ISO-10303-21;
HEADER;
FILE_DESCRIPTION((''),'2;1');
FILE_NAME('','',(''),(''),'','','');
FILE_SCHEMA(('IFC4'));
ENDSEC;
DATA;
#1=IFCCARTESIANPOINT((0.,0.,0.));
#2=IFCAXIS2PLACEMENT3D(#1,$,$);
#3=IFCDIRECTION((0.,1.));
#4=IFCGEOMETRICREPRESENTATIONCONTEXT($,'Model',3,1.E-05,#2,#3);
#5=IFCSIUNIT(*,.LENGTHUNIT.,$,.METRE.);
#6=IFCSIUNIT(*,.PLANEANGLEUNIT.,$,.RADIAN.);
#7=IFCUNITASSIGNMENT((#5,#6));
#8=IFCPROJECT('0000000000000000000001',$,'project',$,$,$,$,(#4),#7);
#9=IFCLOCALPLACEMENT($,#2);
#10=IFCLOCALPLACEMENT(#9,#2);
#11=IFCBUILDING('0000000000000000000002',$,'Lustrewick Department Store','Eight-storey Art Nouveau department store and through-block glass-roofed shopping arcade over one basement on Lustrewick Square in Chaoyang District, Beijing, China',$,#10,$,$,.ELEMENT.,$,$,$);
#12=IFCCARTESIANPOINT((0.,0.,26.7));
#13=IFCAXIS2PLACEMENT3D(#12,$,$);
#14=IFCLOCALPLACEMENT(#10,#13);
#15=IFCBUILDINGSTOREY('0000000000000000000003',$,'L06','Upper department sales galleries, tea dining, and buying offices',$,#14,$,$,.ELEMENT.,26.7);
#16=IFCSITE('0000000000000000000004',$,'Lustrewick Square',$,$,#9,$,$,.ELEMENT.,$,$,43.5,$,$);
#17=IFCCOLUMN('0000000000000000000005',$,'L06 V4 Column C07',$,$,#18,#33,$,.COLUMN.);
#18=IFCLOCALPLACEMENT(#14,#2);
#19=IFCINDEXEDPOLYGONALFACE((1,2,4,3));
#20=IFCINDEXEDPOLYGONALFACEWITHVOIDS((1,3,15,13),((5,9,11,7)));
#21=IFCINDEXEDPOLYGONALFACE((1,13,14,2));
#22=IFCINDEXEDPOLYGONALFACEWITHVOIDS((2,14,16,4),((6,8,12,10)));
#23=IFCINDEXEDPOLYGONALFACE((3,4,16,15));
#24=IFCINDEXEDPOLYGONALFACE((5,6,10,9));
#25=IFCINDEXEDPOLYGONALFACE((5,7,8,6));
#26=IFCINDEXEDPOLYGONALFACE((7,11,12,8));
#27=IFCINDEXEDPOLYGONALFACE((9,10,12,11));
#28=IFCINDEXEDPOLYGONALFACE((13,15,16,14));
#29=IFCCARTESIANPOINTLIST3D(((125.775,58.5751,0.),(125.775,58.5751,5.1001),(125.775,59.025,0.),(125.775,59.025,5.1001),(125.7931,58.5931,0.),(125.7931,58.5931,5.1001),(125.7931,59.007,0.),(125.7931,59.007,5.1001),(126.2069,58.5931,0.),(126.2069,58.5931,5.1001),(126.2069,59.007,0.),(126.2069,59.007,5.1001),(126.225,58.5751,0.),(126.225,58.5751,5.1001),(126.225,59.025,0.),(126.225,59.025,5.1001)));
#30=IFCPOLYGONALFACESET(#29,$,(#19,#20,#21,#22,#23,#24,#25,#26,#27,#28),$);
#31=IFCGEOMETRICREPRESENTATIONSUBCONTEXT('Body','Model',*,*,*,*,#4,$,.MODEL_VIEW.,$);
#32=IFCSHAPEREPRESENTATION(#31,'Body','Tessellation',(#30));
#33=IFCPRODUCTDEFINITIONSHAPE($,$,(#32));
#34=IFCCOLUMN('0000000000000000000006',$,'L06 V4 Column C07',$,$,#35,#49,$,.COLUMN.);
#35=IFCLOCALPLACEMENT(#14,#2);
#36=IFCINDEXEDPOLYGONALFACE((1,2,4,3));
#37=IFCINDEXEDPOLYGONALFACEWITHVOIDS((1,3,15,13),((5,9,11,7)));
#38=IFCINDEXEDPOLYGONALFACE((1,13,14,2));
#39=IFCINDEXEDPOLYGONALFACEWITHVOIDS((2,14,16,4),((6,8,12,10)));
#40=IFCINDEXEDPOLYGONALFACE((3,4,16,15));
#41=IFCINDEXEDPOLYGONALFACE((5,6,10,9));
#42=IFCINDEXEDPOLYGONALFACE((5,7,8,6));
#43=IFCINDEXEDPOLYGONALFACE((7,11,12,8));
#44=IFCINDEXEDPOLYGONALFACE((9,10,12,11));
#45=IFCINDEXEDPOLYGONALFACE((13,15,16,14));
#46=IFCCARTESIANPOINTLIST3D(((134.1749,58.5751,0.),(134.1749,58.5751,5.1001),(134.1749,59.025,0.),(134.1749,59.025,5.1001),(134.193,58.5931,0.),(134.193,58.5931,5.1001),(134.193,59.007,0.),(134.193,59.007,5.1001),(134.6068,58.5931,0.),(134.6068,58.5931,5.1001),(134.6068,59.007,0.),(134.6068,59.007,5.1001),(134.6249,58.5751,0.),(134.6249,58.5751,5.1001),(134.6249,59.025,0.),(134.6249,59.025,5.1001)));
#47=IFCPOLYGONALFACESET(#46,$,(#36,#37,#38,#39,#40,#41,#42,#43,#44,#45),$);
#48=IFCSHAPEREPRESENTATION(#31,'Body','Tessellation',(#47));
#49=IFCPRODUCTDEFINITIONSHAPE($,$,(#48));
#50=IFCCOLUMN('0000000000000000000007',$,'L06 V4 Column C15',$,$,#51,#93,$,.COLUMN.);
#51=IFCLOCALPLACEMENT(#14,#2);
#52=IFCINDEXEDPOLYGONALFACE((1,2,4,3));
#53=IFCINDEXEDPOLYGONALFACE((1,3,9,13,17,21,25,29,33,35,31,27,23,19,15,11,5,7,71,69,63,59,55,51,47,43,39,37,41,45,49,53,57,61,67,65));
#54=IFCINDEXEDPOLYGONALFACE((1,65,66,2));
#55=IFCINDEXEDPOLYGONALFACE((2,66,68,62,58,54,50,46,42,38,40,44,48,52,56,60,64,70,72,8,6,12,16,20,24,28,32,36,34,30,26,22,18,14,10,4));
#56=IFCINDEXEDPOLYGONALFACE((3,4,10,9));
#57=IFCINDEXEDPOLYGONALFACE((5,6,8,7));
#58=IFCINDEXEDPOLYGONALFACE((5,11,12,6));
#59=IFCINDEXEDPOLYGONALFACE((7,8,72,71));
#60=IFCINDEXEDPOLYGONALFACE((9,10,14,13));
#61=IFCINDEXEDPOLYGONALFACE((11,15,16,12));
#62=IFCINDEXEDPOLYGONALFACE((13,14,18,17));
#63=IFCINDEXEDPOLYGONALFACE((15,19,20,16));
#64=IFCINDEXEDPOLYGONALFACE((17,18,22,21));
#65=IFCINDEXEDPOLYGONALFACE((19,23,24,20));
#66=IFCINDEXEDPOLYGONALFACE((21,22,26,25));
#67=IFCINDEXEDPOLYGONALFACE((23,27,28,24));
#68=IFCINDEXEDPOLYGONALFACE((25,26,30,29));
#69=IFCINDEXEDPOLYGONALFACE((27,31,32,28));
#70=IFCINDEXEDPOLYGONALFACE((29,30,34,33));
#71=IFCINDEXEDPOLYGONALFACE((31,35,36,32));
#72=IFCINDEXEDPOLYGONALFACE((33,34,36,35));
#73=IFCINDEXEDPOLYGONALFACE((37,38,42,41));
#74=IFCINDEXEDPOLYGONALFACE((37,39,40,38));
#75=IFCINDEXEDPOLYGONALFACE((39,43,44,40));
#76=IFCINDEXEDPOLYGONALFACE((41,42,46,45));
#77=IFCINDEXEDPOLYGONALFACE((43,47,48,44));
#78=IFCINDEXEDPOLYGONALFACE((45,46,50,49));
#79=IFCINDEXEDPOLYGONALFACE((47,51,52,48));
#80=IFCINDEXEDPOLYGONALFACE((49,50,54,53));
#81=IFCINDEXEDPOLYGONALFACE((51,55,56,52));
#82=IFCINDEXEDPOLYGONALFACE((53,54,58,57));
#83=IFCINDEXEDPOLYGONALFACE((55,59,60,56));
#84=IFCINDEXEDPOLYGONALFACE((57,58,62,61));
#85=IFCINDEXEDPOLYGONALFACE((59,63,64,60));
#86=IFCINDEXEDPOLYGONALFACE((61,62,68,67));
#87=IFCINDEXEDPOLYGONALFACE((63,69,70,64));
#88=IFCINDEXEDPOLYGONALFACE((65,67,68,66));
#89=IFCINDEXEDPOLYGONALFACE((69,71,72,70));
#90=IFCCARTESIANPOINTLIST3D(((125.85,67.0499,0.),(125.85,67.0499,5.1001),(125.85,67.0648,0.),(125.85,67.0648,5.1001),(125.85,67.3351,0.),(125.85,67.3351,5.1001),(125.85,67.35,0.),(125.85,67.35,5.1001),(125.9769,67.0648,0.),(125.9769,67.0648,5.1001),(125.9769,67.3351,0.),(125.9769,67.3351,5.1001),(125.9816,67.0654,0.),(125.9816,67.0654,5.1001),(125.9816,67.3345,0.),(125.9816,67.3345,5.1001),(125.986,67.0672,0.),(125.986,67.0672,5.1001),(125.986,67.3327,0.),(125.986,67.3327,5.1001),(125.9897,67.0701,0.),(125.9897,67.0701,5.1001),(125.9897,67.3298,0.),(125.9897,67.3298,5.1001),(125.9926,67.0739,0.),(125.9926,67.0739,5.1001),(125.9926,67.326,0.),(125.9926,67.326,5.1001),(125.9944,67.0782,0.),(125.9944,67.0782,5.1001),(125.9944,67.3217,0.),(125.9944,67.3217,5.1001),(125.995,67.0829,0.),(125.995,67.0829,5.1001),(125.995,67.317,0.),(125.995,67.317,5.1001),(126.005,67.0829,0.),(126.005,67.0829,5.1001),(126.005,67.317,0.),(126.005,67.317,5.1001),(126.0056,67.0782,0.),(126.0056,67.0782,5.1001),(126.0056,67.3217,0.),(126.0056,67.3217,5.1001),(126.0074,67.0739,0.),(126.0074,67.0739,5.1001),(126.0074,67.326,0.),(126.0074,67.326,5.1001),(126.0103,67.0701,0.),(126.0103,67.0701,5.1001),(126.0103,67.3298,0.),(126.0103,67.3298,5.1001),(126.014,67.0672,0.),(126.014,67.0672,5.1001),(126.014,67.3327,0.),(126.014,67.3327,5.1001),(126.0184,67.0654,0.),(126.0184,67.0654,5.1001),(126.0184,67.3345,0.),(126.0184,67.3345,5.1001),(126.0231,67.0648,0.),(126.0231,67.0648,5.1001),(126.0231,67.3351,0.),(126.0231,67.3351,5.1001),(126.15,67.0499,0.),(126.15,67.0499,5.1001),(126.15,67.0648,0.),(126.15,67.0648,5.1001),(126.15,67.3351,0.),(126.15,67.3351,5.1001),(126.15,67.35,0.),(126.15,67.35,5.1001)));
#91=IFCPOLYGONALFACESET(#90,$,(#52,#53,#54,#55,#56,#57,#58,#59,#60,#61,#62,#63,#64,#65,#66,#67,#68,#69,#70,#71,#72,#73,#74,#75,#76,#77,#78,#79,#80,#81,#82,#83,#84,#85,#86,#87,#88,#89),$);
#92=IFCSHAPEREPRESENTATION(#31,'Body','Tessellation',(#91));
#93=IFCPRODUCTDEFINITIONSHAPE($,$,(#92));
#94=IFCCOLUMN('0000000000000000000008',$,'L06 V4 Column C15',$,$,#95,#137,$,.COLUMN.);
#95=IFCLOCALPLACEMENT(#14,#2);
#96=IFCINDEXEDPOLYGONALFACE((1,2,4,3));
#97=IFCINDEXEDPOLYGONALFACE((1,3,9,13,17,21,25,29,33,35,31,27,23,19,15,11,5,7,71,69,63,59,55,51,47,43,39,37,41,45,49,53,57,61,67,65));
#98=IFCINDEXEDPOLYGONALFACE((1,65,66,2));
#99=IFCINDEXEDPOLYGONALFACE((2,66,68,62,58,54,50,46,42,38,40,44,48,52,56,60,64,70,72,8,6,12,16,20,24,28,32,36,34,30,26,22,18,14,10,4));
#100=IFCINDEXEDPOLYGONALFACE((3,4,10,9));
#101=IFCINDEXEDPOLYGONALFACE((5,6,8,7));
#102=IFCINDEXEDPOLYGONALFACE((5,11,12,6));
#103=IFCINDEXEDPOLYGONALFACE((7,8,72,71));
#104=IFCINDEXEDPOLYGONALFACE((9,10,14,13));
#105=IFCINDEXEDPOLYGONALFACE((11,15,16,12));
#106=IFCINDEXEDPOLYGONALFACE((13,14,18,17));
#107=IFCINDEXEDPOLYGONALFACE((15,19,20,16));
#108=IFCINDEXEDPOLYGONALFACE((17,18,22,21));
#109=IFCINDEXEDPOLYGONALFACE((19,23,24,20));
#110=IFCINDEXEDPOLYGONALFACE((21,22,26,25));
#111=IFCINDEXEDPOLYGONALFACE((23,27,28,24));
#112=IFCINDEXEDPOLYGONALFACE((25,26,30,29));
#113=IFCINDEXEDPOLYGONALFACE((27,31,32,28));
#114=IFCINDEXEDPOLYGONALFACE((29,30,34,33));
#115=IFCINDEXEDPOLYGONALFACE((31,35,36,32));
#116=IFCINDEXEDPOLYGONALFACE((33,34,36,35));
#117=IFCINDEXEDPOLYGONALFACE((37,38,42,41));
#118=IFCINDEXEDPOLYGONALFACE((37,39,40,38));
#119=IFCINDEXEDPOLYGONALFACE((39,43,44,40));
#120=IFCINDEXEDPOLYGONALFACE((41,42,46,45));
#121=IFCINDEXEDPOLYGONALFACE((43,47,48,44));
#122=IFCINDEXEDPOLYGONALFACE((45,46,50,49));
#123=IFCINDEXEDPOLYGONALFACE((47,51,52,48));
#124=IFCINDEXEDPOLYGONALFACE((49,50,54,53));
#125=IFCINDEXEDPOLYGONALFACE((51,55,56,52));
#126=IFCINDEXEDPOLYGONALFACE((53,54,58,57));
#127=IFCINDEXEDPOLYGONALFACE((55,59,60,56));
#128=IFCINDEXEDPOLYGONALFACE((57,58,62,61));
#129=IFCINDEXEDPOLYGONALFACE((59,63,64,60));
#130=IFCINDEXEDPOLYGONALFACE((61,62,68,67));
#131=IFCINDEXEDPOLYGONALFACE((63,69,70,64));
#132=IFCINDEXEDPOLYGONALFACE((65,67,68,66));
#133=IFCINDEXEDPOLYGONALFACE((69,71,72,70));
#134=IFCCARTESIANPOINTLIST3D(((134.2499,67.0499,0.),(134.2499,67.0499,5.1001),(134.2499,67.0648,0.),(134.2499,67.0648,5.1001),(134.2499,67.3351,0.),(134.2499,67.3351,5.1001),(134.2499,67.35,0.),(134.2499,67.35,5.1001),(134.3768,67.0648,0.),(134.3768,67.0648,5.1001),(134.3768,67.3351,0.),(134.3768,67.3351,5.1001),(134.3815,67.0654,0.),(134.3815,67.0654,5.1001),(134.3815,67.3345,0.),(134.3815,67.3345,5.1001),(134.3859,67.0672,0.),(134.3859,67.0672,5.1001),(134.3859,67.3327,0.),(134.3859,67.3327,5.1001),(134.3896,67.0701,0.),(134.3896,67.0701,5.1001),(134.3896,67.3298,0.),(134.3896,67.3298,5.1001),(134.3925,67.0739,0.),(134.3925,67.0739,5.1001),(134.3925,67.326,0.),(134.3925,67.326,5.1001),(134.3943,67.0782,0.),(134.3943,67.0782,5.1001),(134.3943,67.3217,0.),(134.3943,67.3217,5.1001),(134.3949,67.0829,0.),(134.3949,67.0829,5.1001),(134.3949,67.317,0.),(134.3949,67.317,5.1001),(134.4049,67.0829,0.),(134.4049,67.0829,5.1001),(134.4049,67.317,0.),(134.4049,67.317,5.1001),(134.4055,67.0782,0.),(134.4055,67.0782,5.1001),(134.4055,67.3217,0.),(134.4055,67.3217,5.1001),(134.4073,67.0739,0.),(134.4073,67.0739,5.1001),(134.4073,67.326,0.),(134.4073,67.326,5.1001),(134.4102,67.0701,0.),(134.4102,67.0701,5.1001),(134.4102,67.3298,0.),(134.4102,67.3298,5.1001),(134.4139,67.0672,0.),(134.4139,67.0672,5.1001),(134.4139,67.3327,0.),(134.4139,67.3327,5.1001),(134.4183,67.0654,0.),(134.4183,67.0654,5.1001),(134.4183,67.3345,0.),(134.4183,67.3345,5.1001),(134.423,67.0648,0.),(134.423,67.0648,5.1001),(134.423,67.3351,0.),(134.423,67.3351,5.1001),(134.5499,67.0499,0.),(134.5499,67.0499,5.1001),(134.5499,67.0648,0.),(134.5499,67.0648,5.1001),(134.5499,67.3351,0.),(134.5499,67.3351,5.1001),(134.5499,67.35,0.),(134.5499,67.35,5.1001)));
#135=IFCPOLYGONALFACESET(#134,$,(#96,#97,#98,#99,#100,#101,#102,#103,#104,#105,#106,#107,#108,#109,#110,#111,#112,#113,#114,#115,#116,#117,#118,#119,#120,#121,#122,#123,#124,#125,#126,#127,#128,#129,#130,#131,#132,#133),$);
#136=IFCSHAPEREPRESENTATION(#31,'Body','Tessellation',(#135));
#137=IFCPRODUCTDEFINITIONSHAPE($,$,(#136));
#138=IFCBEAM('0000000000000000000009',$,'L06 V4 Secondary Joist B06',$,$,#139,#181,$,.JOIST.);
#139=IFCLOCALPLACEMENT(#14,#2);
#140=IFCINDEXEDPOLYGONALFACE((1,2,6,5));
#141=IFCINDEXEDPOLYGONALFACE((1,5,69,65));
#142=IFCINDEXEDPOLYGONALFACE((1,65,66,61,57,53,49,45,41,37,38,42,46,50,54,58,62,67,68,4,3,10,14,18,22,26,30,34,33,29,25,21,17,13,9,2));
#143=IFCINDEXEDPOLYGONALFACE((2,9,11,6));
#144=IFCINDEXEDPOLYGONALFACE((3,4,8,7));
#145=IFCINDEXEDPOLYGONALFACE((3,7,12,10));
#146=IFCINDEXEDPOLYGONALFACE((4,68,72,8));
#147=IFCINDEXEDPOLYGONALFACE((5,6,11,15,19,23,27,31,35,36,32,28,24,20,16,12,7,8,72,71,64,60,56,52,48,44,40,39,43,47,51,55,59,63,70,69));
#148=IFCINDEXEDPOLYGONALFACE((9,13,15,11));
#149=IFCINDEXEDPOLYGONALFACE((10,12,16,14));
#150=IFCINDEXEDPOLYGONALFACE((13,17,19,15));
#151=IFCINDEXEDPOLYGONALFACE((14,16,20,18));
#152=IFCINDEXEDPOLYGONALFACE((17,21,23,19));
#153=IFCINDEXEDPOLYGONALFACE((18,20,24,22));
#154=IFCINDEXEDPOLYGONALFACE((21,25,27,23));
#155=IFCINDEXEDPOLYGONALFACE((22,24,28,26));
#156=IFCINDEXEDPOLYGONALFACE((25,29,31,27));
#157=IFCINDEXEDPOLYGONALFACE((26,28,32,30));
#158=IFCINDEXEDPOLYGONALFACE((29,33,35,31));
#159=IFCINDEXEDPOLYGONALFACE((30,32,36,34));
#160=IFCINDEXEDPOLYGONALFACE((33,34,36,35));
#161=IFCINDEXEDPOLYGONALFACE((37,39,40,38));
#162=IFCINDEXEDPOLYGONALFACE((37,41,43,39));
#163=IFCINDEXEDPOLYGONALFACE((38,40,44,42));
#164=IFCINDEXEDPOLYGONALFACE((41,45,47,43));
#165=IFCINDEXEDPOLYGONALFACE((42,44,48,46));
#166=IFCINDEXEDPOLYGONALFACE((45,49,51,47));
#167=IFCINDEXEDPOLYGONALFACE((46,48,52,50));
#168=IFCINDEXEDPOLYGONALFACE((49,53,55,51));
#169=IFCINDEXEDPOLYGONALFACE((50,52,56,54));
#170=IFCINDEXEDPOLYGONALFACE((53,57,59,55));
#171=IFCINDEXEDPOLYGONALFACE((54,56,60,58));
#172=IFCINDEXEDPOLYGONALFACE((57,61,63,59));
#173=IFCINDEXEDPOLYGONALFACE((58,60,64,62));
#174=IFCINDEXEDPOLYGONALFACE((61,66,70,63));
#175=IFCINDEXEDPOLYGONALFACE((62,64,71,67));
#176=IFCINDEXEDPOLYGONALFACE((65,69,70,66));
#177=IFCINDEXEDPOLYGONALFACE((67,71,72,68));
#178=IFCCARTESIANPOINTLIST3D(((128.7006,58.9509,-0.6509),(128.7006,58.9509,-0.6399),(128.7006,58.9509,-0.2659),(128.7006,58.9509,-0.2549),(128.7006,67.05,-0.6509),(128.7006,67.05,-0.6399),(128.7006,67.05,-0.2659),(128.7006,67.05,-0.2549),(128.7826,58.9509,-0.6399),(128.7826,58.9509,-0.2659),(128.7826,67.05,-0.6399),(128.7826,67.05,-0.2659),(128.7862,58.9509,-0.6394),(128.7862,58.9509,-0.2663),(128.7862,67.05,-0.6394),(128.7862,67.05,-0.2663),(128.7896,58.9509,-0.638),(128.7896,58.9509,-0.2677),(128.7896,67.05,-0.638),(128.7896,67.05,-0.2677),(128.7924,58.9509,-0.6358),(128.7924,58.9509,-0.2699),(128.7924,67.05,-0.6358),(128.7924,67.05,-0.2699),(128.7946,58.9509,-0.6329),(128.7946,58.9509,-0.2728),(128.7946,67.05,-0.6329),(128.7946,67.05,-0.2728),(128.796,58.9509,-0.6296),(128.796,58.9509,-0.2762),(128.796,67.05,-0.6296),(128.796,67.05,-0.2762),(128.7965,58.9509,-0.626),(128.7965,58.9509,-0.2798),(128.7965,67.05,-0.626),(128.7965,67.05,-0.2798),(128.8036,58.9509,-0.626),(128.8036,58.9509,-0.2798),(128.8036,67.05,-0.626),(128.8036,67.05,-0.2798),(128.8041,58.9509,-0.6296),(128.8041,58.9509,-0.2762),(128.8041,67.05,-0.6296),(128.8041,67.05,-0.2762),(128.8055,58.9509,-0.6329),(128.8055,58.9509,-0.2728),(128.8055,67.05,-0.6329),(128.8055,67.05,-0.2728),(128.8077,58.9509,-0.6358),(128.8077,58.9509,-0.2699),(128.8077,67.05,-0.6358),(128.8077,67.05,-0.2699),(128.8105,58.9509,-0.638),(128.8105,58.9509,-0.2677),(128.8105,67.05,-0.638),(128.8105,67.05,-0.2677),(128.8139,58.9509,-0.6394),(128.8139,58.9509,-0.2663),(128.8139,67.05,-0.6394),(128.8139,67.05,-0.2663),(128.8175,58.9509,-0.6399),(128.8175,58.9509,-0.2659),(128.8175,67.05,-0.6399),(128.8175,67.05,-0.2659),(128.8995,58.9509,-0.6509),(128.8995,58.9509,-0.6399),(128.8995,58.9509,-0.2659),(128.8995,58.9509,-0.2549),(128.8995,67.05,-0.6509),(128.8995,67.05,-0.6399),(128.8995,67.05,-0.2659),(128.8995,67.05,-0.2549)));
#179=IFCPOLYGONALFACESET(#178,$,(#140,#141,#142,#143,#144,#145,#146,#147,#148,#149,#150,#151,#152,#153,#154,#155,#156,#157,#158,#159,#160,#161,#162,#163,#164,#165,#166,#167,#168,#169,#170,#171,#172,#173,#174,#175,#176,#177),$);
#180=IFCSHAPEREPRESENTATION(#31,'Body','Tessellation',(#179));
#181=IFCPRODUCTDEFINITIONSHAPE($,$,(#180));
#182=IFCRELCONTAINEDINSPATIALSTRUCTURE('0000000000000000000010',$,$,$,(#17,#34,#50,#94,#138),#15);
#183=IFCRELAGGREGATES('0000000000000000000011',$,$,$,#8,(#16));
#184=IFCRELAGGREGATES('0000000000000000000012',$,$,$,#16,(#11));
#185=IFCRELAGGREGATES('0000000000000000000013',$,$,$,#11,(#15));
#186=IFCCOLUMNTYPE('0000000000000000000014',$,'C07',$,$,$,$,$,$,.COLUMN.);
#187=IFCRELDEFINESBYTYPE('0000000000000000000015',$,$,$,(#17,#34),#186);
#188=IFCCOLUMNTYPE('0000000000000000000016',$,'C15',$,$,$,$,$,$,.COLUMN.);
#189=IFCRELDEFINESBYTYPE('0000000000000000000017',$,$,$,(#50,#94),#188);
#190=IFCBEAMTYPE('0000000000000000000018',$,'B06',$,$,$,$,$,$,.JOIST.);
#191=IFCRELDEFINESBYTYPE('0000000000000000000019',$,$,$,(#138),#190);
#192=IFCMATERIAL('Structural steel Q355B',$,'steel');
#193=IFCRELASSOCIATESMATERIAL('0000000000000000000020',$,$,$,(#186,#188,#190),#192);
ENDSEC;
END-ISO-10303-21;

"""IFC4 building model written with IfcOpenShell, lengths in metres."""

from ifc_helpers import new_model, si_unit, direction, frame, origin, origin_2d, place, context, subcontext, project, spatial, hollow_rectangle, i_section, extrude, material, material_profile, profile_set, type_object, element, save


model = new_model("IFC4")

# Units and contexts
model_context = context("Model", 3, precision=1e-05, world=origin(), true_north=direction((0.0, 1.0)))
body_context = subcontext(model_context, "Body", "Model", "MODEL_VIEW")
ifc_project = project(units=[si_unit("LENGTHUNIT", "METRE"), si_unit("PLANEANGLEUNIT", "RADIAN")], contexts=[model_context])

# Site, building, storey
site_placement = place(None, origin())
site = spatial("IfcSite", under=ifc_project, at=site_placement, Name="Lustrewick Square", CompositionType="ELEMENT", RefElevation=43.5)
building_placement = place(site_placement, origin())
building = spatial("IfcBuilding", under=site, at=building_placement, Name="Lustrewick Department Store", Description="Eight-storey Art Nouveau department store and through-block glass-roofed shopping arcade over one basement on Lustrewick Square in Chaoyang District, Beijing, China", CompositionType="ELEMENT")
storey_placement = place(building_placement, frame((0.0, 0.0, 26.7)))
storey = spatial("IfcBuildingStorey", under=building, at=storey_placement, Name="L06", Description="Upper department sales galleries, tea dining, and buying offices", CompositionType="ELEMENT", Elevation=26.7)

# Columns
ifc_material_1 = material(Name="Structural steel Q355B", Category="steel")
ifc_material_profile_1 = material_profile(ifc_material_1, hollow_rectangle(XDim=0.45, YDim=0.45, WallThickness=0.0181, at=origin_2d()), Name="BOX 450x450x18")
ifc_profile_set_1 = profile_set([ifc_material_profile_1], Name="Structural steel Q355B")
column_type_1 = type_object("IfcColumnType", Name="C07", PredefinedType="COLUMN", material=ifc_profile_set_1)
for number, where, z_axis, x_axis, name in (
    (1, (126.0, 58.8, 0.0), (0.0, 0.0, 1.0), (1.0, 0.0, 0.0), "L06 V4 Column C07"),
    (2, (134.3999, 58.8, 0.0), (0.0, 0.0, 1.0), (1.0, 0.0, 0.0), "L06 V4 Column C07"),
):
    element("IfcColumn", number, at=place(storey_placement, frame(where, z_axis=z_axis, x_axis=x_axis)), inside=storey, type_object=column_type_1, Name=name, PredefinedType="COLUMN", context=body_context, shape_type="SweptSolid", body=[
        extrude(hollow_rectangle(XDim=0.45, YDim=0.45, WallThickness=0.0181, at=origin_2d()), origin(), (0.0, 0.0, 1.0), 5.1001),
    ])
ifc_material_profile_2 = material_profile(ifc_material_1, i_section(OverallWidth=0.3, OverallDepth=0.3, WebThickness=0.01, FlangeThickness=0.0149, FilletRadius=0.0181, at=origin_2d()), Name="HW 300x300x10x15")
ifc_profile_set_2 = profile_set([ifc_material_profile_2], Name="Structural steel Q355B")
column_type_2 = type_object("IfcColumnType", Name="C15", PredefinedType="COLUMN", material=ifc_profile_set_2)
for number, where, z_axis, x_axis, name in (
    (3, (126.0, 67.2, 0.0), (0.0, 0.0, 1.0), (1.0, 0.0, 0.0), "L06 V4 Column C15"),
    (4, (134.3999, 67.2, 0.0), (0.0, 0.0, 1.0), (1.0, 0.0, 0.0), "L06 V4 Column C15"),
):
    element("IfcColumn", number, at=place(storey_placement, frame(where, z_axis=z_axis, x_axis=x_axis)), inside=storey, type_object=column_type_2, Name=name, PredefinedType="COLUMN", context=body_context, shape_type="SweptSolid", body=[
        extrude(i_section(OverallWidth=0.3, OverallDepth=0.3, WebThickness=0.01, FlangeThickness=0.0149, FilletRadius=0.0181, at=origin_2d()), origin(), (0.0, 0.0, 1.0), 5.1001),
    ])

# Beam
ifc_material_profile_3 = material_profile(ifc_material_1, i_section(OverallWidth=0.199, OverallDepth=0.396, WebThickness=0.0071, FlangeThickness=0.011, FilletRadius=0.0139, at=origin_2d()), Name="HN 396x199x7x11")
ifc_profile_set_3 = profile_set([ifc_material_profile_3], Name="Structural steel Q355B")
beam_type_1 = type_object("IfcBeamType", Name="B06", PredefinedType="JOIST", material=ifc_profile_set_3)
beam_1_placement = place(storey_placement, frame((128.8, 58.9509, -0.4529), z_axis=(0.0, 1.0, 0.0), x_axis=(-1.0, 0.0, 0.0)))
element("IfcBeam", 5, at=beam_1_placement, inside=storey, type_object=beam_type_1, Name="L06 V4 Secondary Joist B06", PredefinedType="JOIST", context=body_context, shape_type="SweptSolid", body=[
    extrude(i_section(OverallWidth=0.199, OverallDepth=0.396, WebThickness=0.0071, FlangeThickness=0.011, FilletRadius=0.0139, at=origin_2d()), origin(), (0.0, 0.0, 1.0), 8.0991),
])

save(model, "model.ifc")
